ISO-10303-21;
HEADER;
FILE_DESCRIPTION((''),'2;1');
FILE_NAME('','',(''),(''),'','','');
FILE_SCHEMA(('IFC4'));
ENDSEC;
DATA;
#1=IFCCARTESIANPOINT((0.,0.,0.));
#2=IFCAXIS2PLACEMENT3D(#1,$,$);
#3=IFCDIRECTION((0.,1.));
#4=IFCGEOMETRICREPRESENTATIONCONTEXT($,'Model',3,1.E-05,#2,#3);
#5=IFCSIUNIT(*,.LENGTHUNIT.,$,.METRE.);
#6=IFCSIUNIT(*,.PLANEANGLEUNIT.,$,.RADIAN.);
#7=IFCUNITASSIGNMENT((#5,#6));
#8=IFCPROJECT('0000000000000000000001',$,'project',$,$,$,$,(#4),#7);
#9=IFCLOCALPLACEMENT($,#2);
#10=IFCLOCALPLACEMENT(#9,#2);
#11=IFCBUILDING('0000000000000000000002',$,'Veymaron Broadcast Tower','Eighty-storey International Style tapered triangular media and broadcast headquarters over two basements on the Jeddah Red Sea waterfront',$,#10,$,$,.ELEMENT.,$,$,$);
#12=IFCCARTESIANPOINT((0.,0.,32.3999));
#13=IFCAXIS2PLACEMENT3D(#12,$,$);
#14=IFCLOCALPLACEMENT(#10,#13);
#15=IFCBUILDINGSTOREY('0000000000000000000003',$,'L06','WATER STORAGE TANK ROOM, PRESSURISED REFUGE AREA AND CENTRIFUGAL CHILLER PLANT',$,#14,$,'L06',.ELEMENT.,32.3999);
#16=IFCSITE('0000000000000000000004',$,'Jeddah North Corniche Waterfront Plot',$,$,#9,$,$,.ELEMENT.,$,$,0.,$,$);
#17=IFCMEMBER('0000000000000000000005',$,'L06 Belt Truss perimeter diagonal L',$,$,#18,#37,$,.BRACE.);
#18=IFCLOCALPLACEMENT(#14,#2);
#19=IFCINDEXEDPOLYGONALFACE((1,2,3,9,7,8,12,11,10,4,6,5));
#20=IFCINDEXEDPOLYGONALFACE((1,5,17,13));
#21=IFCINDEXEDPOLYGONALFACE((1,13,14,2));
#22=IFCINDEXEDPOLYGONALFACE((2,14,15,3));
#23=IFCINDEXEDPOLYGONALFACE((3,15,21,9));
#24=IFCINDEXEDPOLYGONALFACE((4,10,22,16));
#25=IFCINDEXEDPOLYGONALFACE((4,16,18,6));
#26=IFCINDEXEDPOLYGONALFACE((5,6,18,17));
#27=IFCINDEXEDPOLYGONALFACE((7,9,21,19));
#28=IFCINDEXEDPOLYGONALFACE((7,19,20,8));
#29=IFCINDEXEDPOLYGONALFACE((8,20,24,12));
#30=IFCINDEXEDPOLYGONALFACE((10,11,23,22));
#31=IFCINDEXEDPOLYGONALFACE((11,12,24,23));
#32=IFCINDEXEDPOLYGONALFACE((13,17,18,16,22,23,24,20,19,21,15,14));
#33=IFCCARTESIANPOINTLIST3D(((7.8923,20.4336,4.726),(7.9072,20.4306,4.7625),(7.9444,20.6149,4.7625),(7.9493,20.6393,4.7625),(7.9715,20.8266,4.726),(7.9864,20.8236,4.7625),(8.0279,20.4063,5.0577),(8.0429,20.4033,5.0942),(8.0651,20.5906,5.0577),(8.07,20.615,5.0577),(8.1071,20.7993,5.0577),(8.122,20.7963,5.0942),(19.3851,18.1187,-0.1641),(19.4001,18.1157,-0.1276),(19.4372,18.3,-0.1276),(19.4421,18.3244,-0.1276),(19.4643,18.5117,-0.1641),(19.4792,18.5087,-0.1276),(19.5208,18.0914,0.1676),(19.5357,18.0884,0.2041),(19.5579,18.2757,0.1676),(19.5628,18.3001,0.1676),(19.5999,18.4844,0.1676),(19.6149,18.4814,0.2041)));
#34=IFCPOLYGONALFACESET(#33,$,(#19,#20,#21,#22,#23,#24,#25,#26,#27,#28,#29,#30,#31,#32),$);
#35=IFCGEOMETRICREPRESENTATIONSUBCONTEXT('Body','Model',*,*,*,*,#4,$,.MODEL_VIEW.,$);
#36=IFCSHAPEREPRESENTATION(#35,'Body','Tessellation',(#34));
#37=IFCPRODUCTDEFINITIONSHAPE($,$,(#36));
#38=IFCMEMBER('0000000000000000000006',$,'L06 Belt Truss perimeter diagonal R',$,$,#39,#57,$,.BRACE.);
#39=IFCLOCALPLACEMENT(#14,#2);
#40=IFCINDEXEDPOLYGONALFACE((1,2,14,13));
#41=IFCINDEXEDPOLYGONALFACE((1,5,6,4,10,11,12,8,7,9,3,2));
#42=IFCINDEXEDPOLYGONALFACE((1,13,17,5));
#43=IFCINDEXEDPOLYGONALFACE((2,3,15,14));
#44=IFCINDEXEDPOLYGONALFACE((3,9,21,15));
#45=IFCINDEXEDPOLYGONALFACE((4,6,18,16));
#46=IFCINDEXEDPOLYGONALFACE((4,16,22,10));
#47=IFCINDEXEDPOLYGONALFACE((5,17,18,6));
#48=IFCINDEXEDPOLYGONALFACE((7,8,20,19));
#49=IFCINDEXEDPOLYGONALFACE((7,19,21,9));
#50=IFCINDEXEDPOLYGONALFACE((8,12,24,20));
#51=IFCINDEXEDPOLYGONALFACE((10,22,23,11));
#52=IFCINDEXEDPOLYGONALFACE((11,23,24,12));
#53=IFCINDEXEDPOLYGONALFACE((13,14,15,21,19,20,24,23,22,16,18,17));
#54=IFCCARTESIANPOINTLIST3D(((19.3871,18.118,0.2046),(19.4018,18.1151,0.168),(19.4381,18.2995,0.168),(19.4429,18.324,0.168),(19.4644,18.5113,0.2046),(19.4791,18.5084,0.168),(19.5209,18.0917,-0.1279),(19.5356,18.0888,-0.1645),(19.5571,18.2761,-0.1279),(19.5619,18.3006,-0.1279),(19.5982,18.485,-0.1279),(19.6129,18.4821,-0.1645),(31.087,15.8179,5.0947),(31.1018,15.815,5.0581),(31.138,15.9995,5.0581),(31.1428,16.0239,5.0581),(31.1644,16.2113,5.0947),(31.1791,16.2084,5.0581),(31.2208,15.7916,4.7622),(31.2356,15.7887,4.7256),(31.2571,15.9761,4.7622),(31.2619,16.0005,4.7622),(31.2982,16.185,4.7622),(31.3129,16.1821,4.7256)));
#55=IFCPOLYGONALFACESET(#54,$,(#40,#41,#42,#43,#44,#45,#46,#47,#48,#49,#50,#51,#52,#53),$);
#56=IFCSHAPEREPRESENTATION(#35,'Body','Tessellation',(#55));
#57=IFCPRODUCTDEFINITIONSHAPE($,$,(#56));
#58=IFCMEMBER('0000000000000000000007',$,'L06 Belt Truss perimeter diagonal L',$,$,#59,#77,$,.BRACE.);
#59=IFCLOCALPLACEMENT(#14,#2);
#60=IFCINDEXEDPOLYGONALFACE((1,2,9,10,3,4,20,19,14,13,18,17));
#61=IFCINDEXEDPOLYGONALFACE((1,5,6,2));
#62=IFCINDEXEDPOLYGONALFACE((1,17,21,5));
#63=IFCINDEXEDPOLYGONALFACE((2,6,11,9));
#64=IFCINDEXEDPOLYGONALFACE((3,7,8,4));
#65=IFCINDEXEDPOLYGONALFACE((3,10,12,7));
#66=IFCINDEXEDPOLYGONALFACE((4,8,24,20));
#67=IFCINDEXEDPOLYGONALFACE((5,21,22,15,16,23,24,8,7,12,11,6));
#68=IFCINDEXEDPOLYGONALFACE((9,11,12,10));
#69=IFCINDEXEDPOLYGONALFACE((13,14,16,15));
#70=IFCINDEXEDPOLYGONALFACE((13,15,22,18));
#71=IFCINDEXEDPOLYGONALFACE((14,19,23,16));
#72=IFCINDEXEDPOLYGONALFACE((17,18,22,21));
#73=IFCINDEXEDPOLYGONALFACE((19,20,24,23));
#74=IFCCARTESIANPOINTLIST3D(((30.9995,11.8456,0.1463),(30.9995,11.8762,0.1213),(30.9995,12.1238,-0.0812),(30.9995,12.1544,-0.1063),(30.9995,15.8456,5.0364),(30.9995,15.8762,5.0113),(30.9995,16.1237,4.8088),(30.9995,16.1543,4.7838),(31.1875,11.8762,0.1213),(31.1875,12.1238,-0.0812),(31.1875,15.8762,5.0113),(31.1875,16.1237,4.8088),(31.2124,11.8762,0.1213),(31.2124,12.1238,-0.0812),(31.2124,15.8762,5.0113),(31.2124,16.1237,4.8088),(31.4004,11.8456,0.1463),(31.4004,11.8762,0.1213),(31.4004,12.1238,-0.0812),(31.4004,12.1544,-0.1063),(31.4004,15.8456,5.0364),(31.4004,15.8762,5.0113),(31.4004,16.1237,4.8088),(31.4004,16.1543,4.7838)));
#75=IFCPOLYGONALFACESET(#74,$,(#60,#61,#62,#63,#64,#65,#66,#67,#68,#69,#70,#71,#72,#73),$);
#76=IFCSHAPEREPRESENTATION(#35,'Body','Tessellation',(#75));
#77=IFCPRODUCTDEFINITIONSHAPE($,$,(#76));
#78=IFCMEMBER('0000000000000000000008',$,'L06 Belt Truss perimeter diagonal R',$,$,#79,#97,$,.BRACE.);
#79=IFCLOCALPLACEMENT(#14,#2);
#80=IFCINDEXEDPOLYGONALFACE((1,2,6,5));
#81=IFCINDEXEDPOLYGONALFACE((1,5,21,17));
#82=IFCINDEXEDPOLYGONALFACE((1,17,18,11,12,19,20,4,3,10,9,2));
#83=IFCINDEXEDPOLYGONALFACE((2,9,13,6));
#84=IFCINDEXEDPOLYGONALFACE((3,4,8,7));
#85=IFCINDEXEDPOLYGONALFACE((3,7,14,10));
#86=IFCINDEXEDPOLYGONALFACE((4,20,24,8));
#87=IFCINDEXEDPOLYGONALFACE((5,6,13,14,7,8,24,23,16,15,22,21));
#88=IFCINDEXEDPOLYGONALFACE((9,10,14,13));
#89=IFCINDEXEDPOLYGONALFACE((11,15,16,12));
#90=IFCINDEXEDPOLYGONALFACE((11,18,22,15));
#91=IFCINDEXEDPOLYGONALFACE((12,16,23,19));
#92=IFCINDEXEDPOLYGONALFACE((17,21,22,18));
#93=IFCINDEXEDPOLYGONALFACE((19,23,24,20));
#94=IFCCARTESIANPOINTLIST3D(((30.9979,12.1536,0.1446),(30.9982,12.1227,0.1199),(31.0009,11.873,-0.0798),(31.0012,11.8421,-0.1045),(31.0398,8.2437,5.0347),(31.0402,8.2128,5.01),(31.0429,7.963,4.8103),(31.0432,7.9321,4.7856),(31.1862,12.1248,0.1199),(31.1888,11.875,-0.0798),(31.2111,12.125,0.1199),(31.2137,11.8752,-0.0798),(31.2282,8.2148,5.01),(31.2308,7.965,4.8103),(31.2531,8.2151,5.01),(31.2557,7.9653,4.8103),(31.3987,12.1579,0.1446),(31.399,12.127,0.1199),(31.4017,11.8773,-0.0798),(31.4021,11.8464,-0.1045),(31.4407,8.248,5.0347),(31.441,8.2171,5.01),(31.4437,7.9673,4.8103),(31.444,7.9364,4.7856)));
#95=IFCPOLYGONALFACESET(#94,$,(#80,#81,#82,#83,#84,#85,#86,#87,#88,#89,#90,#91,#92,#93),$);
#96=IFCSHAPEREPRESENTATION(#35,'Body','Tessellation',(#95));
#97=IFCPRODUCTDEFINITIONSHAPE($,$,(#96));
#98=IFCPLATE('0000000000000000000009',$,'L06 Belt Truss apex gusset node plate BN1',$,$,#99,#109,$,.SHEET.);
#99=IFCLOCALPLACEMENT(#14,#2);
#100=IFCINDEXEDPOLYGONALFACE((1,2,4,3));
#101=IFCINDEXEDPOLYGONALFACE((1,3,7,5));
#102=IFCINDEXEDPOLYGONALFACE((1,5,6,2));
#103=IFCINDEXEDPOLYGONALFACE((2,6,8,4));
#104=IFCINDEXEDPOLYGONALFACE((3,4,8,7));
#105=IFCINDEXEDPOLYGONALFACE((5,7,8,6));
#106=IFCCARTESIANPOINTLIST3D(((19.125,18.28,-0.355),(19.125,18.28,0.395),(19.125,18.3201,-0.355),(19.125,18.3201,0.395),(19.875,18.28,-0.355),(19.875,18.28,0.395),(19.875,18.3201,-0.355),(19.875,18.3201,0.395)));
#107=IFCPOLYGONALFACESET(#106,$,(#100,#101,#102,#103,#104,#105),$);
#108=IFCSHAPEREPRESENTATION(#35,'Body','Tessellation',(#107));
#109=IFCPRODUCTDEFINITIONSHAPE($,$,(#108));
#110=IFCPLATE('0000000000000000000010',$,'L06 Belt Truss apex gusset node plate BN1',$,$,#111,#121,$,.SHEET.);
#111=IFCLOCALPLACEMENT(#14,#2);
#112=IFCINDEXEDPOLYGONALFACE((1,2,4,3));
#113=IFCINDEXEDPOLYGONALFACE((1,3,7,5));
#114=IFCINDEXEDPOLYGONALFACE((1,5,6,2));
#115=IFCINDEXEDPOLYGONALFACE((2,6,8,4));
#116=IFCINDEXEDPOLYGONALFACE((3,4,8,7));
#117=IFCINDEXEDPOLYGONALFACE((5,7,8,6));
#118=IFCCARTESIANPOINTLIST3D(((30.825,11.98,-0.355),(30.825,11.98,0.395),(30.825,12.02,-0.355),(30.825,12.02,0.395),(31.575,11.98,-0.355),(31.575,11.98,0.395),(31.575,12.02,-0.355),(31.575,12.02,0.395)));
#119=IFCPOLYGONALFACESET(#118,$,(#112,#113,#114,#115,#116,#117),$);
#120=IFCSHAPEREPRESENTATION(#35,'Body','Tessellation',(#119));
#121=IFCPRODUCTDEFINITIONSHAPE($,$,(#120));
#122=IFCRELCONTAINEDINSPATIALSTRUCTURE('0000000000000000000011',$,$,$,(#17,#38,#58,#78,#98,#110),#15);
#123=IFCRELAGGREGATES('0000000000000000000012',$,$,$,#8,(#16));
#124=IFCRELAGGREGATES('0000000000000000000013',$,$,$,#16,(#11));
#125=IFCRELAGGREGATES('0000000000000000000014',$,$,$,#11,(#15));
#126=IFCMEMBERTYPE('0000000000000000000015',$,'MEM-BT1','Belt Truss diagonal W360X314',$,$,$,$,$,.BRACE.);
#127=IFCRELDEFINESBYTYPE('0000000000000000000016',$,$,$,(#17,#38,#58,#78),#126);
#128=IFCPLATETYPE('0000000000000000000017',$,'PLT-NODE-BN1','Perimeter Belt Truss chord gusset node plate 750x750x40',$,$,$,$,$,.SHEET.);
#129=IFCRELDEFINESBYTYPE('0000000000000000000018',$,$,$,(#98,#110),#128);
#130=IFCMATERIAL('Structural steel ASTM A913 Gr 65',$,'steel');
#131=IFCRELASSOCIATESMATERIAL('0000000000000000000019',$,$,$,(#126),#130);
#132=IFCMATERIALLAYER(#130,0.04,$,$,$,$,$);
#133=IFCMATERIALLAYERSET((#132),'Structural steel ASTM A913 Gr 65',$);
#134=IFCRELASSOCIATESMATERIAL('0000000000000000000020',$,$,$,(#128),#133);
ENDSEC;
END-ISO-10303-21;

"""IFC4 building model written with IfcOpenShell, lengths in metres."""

from ifc_helpers import new_model, si_unit, direction, frame, origin, origin_2d, place, context, subcontext, project, spatial, rectangle, i_section, extrude, material, layer, layer_set, material_profile, profile_set, type_object, element, save


model = new_model("IFC4")

# Units and contexts
model_context = context("Model", 3, precision=1e-05, world=origin(), true_north=direction((0.0, 1.0)))
body_context = subcontext(model_context, "Body", "Model", "MODEL_VIEW")
ifc_project = project(units=[si_unit("LENGTHUNIT", "METRE"), si_unit("PLANEANGLEUNIT", "RADIAN")], contexts=[model_context])

# Site, building, storey
site_placement = place(None, origin())
site = spatial("IfcSite", under=ifc_project, at=site_placement, Name="Jeddah North Corniche Waterfront Plot", CompositionType="ELEMENT", RefElevation=0.0)
building_placement = place(site_placement, origin())
building = spatial("IfcBuilding", under=site, at=building_placement, Name="Veymaron Broadcast Tower", Description="Eighty-storey International Style tapered triangular media and broadcast headquarters over two basements on the Jeddah Red Sea waterfront", CompositionType="ELEMENT")
storey_placement = place(building_placement, frame((0.0, 0.0, 32.3999)))
storey = spatial("IfcBuildingStorey", under=building, at=storey_placement, Name="L06", Description="WATER STORAGE TANK ROOM, PRESSURISED REFUGE AREA AND CENTRIFUGAL CHILLER PLANT", LongName="L06", CompositionType="ELEMENT", Elevation=32.3999)

# Shared definitions
ifc_material_1 = material(Name="Structural steel ASTM A913 Gr 65", Category="steel")

# Members
ifc_material_profile_1 = material_profile(ifc_material_1, i_section(OverallWidth=0.4009, OverallDepth=0.3989, WebThickness=0.0249, FlangeThickness=0.0396, at=origin_2d()), Name="W360X314")
ifc_profile_set_1 = profile_set([ifc_material_profile_1], Name="Structural steel ASTM A913 Gr 65")
member_type = type_object("IfcMemberType", Name="MEM-BT1", Description="Belt Truss diagonal W360X314", PredefinedType="BRACE", material=ifc_profile_set_1)
member_1_placement = place(storey_placement, frame((19.5, 18.3, 0.02), z_axis=(-0.904759, 0.18224, 0.384967), x_axis=(-0.197458, -0.980311, 0.0)))
element("IfcMember", 1, at=member_1_placement, inside=storey, type_object=member_type, Name="L06 Belt Truss perimeter diagonal L", PredefinedType="BRACE", context=body_context, shape_type="SweptSolid", body=[
    extrude(i_section(OverallWidth=0.4009, OverallDepth=0.3989, WebThickness=0.0249, FlangeThickness=0.0396, at=origin_2d()), origin(), (0.0, 0.0, 1.0), 12.7026),
])
member_2_placement = place(storey_placement, frame((19.5, 18.3, 0.02), z_axis=(0.907839, -0.178469, 0.379442), x_axis=(0.192894, 0.98122, 0.0)))
element("IfcMember", 2, at=member_2_placement, inside=storey, type_object=member_type, Name="L06 Belt Truss perimeter diagonal R", PredefinedType="BRACE", context=body_context, shape_type="SweptSolid", body=[
    extrude(i_section(OverallWidth=0.4009, OverallDepth=0.3989, WebThickness=0.0249, FlangeThickness=0.0396, at=origin_2d()), origin(), (0.0, 0.0, 1.0), 12.8877),
])
member_3_placement = place(storey_placement, frame((31.2, 12.0, 0.02), z_axis=(0.0, 0.633141, 0.774036), x_axis=(-1.0, 0.0, 0.0)))
element("IfcMember", 3, at=member_3_placement, inside=storey, type_object=member_type, Name="L06 Belt Truss perimeter diagonal L", PredefinedType="BRACE", context=body_context, shape_type="SweptSolid", body=[
    extrude(i_section(OverallWidth=0.4009, OverallDepth=0.3989, WebThickness=0.0249, FlangeThickness=0.0396, at=origin_2d()), origin(), (0.0, 0.0, 1.0), 6.3176),
])
member_4_placement = place(storey_placement, frame((31.2, 12.0, 0.02), z_axis=(0.006707, -0.624467, 0.781022), x_axis=(0.999942, 0.010739, 0.0)))
element("IfcMember", 4, at=member_4_placement, inside=storey, type_object=member_type, Name="L06 Belt Truss perimeter diagonal R", PredefinedType="BRACE", context=body_context, shape_type="SweptSolid", body=[
    extrude(i_section(OverallWidth=0.4009, OverallDepth=0.3989, WebThickness=0.0249, FlangeThickness=0.0396, at=origin_2d()), origin(), (0.0, 0.0, 1.0), 6.2612),
])

# Plates
ifc_layer_1 = layer(ifc_material_1, 0.04)
ifc_layer_set_1 = layer_set([ifc_layer_1], Name="Structural steel ASTM A913 Gr 65")
plate_type = type_object("IfcPlateType", Name="PLT-NODE-BN1", Description="Perimeter Belt Truss chord gusset node plate 750x750x40", PredefinedType="SHEET", material=ifc_layer_set_1)
for number, where, z_axis, x_axis, name in (
    (5, (19.5, 18.3, -0.355), (0.0, 0.0, 1.0), (1.0, 0.0, 0.0), "L06 Belt Truss apex gusset node plate BN1"),
    (6, (31.2, 12.0, -0.355), (0.0, 0.0, 1.0), (1.0, 0.0, 0.0), "L06 Belt Truss apex gusset node plate BN1"),
):
    element("IfcPlate", number, at=place(storey_placement, frame(where, z_axis=z_axis, x_axis=x_axis)), inside=storey, type_object=plate_type, Name=name, PredefinedType="SHEET", context=body_context, shape_type="SweptSolid", body=[
        extrude(rectangle(XDim=0.75, YDim=0.04, at=origin_2d()), origin(), (0.0, 0.0, 1.0), 0.75),
    ])

save(model, "model.ifc")
